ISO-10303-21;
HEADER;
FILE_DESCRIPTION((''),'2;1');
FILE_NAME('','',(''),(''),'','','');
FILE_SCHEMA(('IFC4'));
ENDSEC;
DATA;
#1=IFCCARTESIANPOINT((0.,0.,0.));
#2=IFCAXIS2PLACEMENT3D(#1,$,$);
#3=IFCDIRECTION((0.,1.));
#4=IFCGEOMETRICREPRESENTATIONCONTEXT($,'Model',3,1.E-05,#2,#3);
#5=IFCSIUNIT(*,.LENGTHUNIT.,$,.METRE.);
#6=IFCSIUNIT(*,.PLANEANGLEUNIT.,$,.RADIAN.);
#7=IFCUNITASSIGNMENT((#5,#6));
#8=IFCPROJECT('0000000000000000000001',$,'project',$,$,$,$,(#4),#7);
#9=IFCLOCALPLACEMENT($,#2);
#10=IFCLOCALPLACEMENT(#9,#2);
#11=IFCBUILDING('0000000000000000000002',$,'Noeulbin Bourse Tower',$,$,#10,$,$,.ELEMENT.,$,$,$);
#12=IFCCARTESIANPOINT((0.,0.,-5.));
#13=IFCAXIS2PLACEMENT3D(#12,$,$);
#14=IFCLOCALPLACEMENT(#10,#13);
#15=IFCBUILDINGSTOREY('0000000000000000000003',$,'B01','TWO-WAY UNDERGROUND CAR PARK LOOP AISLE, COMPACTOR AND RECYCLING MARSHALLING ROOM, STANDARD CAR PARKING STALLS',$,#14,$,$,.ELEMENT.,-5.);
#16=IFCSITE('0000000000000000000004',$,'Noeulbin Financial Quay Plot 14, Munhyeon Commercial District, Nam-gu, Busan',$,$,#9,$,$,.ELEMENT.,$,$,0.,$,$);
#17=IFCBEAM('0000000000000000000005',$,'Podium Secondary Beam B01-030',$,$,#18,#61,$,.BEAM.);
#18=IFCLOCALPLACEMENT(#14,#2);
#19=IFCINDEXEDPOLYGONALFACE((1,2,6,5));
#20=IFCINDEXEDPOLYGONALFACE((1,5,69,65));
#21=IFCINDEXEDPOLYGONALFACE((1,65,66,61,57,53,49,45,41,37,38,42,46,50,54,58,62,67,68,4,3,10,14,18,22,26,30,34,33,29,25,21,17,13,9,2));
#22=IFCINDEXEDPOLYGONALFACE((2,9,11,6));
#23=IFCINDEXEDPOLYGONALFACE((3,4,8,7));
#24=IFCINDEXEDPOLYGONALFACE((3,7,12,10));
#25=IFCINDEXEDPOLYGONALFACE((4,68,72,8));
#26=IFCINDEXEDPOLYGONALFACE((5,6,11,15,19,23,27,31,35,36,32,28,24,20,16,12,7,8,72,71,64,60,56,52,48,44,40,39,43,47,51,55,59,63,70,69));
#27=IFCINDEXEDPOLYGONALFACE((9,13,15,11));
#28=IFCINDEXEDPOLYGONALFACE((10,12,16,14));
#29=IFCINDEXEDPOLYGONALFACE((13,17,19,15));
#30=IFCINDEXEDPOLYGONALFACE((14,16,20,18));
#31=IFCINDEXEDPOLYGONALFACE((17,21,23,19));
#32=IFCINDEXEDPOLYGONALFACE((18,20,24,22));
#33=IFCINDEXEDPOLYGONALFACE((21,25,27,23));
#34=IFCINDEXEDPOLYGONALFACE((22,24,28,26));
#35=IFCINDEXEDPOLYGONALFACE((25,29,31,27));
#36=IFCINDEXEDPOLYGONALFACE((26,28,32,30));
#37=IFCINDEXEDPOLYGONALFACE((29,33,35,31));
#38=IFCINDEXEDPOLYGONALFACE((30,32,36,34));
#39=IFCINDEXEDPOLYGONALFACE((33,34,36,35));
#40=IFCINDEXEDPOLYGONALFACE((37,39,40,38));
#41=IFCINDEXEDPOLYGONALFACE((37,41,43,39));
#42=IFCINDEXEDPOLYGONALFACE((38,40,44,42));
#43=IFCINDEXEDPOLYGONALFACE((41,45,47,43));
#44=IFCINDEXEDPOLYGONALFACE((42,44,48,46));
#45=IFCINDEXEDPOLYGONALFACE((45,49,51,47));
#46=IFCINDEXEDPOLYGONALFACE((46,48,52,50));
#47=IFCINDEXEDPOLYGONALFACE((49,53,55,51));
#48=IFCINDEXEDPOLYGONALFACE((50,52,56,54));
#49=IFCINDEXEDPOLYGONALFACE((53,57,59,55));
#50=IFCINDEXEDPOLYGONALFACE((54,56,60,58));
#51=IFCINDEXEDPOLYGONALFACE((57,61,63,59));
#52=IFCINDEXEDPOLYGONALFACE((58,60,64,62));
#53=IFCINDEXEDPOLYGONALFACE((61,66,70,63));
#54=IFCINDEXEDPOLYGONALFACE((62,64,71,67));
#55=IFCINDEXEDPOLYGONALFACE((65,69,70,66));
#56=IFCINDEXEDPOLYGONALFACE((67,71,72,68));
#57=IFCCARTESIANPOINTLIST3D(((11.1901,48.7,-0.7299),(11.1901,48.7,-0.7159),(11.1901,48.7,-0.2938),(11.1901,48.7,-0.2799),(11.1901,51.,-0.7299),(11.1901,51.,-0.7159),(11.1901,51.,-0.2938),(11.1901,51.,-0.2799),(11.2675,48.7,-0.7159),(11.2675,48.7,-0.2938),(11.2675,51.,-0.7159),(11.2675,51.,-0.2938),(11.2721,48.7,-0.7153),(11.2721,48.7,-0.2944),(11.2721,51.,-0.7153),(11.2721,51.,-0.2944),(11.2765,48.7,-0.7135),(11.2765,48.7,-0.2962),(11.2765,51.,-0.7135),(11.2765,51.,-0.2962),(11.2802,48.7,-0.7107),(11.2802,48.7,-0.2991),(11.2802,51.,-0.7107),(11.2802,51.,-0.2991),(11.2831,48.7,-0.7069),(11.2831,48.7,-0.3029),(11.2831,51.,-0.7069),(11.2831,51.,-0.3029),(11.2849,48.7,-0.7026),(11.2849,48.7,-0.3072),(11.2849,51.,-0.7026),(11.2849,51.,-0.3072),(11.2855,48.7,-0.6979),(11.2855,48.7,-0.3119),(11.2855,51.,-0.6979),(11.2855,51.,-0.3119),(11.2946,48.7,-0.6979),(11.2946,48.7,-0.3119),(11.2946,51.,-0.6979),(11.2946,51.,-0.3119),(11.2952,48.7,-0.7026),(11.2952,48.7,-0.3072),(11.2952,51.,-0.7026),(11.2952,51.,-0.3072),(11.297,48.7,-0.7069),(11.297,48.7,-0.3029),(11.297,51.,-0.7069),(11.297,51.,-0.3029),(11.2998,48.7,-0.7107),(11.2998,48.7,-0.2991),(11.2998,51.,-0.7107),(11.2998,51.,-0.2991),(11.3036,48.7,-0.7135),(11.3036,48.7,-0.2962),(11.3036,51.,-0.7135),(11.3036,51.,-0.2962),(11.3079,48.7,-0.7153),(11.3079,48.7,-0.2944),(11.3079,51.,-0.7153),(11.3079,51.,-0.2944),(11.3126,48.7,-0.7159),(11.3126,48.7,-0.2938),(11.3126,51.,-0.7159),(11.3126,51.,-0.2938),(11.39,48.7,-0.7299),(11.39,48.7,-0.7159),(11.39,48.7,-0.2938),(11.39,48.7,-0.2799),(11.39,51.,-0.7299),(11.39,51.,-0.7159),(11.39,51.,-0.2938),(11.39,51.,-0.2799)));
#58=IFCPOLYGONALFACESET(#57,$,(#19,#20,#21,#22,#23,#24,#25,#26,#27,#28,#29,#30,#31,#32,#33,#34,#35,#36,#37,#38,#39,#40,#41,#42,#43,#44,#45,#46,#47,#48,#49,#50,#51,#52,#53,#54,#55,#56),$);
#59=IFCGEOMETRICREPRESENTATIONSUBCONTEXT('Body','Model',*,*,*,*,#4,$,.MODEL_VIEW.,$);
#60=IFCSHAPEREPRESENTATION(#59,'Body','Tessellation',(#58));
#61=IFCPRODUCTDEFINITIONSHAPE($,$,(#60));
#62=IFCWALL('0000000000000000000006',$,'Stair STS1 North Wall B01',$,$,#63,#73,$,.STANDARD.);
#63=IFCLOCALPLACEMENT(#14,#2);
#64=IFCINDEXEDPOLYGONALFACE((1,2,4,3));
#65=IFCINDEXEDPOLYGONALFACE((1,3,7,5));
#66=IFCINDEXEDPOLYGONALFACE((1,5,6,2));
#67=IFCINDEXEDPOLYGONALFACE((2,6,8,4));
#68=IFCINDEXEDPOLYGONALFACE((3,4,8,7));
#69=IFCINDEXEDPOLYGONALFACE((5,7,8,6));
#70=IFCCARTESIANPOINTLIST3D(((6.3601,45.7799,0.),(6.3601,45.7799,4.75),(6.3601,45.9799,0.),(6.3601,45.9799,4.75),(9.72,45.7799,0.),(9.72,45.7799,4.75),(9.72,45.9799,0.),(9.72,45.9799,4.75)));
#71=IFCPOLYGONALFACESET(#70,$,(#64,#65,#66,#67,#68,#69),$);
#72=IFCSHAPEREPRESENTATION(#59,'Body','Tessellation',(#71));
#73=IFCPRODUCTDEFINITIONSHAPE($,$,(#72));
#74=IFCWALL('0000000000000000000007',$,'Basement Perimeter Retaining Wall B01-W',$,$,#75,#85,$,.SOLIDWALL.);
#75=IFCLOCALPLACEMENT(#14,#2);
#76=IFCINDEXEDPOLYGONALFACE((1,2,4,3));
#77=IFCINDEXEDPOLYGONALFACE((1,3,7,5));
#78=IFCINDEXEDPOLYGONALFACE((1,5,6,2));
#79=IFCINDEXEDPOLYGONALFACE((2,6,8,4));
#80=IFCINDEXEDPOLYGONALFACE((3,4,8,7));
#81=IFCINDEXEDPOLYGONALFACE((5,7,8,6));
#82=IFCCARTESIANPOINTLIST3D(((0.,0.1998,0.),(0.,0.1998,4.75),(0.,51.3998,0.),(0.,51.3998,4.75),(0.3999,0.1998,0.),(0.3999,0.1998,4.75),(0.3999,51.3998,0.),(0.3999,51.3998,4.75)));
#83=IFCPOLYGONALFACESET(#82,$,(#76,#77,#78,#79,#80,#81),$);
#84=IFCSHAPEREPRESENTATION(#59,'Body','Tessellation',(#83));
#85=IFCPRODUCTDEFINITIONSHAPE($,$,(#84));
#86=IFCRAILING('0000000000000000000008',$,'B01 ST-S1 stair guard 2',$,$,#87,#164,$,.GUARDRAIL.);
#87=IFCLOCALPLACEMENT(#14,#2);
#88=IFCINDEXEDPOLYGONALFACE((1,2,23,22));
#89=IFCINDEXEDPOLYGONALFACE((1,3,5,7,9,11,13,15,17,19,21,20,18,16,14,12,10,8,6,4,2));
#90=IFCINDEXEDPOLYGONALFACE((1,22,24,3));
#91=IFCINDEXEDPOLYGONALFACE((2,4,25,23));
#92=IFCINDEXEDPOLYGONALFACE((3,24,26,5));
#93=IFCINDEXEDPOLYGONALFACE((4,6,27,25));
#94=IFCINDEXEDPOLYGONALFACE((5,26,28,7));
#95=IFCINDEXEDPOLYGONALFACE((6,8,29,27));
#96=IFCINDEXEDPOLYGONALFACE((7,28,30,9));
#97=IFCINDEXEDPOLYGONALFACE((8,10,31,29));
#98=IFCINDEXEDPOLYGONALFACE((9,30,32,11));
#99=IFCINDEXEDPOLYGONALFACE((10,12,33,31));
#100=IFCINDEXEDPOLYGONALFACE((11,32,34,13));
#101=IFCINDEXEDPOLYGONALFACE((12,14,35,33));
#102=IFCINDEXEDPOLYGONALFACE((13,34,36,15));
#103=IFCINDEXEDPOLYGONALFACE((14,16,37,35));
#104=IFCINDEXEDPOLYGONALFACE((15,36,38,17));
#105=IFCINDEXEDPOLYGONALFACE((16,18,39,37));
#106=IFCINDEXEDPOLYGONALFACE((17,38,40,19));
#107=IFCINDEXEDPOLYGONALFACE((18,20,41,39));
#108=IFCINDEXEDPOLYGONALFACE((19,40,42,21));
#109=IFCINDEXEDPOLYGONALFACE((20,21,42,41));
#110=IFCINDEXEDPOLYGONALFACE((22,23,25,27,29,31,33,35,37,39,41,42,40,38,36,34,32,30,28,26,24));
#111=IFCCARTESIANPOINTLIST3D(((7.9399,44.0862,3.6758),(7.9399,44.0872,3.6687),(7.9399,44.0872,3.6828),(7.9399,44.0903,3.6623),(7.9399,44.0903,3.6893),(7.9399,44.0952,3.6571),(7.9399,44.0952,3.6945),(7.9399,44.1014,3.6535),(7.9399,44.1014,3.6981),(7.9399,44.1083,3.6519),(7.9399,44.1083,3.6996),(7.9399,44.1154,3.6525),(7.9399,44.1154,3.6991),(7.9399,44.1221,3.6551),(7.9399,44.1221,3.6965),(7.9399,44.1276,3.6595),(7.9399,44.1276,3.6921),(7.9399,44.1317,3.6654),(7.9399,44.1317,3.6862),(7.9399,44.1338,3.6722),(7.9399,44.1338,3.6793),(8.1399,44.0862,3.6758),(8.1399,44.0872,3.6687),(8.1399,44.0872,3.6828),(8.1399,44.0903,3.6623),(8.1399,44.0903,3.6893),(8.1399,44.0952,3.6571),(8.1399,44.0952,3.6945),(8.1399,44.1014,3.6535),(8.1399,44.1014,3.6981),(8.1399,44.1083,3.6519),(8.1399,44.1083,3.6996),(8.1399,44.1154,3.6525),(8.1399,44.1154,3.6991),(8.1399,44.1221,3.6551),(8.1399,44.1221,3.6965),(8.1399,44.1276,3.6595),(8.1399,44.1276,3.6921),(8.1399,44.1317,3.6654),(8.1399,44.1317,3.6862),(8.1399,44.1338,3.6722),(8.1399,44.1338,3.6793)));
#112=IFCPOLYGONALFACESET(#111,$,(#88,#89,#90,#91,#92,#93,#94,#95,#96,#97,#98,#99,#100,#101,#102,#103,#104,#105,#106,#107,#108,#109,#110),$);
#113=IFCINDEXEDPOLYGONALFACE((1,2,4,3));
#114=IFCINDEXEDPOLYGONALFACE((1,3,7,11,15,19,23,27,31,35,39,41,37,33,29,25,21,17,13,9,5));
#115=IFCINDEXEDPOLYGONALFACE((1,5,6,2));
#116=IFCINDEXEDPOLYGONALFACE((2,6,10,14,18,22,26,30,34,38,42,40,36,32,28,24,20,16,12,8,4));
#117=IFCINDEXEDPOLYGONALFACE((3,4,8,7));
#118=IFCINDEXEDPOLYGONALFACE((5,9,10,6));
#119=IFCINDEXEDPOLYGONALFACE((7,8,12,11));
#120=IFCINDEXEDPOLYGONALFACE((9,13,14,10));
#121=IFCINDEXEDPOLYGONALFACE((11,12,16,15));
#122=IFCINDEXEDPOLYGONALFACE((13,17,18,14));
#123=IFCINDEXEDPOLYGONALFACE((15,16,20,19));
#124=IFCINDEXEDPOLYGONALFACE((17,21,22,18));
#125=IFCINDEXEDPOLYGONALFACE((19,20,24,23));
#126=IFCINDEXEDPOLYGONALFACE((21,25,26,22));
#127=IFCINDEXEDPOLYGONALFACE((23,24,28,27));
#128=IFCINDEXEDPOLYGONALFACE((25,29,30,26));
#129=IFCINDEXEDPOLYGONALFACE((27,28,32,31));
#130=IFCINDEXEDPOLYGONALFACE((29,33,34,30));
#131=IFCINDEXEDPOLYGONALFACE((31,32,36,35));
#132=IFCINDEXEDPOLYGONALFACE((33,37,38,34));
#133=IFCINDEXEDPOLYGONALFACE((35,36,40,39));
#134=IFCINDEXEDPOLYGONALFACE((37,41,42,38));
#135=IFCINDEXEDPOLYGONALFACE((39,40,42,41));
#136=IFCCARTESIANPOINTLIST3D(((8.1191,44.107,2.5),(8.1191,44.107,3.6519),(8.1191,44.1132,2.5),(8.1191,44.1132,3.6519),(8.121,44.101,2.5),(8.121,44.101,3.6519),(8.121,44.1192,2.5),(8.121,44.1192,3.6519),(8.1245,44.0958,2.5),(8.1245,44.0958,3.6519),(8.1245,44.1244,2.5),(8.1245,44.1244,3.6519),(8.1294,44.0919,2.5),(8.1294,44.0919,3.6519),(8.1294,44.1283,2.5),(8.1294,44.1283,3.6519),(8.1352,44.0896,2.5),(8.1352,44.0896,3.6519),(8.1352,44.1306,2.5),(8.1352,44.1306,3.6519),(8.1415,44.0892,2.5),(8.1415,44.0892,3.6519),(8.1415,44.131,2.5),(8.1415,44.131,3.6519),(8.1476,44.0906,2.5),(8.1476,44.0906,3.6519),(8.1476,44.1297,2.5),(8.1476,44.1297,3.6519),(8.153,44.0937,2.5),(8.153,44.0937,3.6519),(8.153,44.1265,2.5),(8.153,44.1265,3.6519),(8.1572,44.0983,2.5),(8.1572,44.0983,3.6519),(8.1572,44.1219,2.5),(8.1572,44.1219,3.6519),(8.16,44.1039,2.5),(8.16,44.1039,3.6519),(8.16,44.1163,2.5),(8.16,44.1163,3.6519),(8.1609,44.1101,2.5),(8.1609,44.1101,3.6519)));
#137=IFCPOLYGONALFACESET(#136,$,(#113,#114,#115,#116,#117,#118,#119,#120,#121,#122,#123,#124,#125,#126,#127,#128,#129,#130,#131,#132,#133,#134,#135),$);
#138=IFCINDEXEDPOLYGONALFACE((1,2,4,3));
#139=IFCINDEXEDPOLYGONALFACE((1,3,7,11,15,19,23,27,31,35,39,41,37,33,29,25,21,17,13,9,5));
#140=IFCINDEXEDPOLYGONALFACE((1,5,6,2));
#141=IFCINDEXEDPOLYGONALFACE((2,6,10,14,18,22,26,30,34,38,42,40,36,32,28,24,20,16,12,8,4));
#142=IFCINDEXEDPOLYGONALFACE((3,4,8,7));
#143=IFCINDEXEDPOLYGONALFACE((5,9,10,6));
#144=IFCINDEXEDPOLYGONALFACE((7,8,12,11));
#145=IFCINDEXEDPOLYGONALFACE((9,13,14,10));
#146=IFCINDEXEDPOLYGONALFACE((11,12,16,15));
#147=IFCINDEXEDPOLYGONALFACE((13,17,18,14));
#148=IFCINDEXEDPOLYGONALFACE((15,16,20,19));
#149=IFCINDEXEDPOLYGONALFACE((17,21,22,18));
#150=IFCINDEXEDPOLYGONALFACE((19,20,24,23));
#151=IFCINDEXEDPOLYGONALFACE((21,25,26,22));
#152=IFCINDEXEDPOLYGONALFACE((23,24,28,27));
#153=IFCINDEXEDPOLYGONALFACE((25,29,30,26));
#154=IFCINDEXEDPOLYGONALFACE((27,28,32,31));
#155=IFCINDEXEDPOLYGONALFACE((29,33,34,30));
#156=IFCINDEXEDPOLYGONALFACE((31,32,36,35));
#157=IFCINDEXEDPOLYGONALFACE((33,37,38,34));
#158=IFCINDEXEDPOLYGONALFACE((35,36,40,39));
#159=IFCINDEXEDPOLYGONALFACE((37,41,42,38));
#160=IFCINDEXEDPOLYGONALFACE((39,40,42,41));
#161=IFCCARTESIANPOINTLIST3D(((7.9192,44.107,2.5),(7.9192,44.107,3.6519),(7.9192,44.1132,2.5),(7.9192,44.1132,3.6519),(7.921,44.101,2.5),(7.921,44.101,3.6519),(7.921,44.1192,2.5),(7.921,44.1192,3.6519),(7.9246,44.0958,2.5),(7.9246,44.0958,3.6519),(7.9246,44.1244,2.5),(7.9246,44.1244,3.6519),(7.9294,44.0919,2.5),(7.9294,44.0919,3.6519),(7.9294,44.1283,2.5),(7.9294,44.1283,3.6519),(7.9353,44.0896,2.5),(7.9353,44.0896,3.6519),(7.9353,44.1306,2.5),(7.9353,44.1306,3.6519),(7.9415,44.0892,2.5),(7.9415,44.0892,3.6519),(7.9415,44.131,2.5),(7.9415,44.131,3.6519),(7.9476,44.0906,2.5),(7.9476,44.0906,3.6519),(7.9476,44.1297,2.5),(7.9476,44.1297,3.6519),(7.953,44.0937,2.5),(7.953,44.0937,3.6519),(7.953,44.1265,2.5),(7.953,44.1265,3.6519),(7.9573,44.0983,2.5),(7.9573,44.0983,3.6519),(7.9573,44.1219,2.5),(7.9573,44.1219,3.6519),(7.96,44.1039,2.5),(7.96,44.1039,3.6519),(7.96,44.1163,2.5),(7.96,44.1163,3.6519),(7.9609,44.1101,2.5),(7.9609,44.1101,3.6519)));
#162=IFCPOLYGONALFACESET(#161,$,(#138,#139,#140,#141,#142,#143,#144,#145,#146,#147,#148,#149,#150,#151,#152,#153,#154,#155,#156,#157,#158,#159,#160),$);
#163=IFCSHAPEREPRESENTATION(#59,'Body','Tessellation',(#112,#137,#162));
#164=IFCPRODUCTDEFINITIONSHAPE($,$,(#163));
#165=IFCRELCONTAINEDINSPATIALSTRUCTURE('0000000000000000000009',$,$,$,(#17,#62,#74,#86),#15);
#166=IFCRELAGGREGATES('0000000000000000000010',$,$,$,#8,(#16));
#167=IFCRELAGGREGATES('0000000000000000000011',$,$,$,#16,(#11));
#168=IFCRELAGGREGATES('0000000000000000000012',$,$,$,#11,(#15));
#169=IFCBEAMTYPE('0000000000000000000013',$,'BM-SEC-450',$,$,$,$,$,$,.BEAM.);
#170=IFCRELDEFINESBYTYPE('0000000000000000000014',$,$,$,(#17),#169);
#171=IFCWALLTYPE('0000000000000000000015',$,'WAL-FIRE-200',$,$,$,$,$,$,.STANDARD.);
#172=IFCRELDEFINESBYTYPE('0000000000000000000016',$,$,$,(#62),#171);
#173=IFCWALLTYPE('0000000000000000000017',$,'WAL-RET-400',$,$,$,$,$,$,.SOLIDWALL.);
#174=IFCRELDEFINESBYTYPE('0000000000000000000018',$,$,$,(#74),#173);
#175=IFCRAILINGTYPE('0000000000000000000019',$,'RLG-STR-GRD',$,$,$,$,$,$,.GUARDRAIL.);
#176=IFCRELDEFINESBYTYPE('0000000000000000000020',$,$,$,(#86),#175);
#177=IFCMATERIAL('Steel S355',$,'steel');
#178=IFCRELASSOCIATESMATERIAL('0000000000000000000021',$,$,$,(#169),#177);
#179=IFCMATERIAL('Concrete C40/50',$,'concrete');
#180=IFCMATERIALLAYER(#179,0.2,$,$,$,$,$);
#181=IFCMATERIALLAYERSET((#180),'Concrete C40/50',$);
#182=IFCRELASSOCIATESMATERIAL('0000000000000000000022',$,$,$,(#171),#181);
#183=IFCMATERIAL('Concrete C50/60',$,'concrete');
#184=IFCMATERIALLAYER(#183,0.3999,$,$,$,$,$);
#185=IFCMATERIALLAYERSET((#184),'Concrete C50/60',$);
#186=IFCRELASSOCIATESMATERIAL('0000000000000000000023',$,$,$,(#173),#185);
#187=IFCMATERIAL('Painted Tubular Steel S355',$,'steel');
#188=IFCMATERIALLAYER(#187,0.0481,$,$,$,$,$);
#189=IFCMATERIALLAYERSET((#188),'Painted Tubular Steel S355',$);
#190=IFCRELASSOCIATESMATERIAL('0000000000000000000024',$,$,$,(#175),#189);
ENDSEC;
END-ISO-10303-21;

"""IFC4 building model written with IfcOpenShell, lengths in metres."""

from ifc_helpers import new_model, si_unit, direction, frame, frame_2d, origin, origin_2d, place, context, subcontext, project, spatial, rectangle, circle, i_section, extrude, material, layer, layer_set, material_profile, profile_set, type_object, element, save


model = new_model("IFC4")

# Units and contexts
model_context = context("Model", 3, precision=1e-05, world=origin(), true_north=direction((0.0, 1.0)))
body_context = subcontext(model_context, "Body", "Model", "MODEL_VIEW")
ifc_project = project(units=[si_unit("LENGTHUNIT", "METRE"), si_unit("PLANEANGLEUNIT", "RADIAN")], contexts=[model_context])

# Site, building, storey
site_placement = place(None, origin())
site = spatial("IfcSite", under=ifc_project, at=site_placement, Name="Noeulbin Financial Quay Plot 14, Munhyeon Commercial District, Nam-gu, Busan", CompositionType="ELEMENT", RefElevation=0.0)
building_placement = place(site_placement, origin())
building = spatial("IfcBuilding", under=site, at=building_placement, Name="Noeulbin Bourse Tower", CompositionType="ELEMENT")
storey_placement = place(building_placement, frame((0.0, 0.0, -5.0)))
storey = spatial("IfcBuildingStorey", under=building, at=storey_placement, Name="B01", Description="TWO-WAY UNDERGROUND CAR PARK LOOP AISLE, COMPACTOR AND RECYCLING MARSHALLING ROOM, STANDARD CAR PARKING STALLS", CompositionType="ELEMENT", Elevation=-5.0)

# Shared definitions
ifc_material_1 = material(Name="Concrete C50/60", Category="concrete")

# Beam
ifc_material_2 = material(Name="Steel S355", Category="steel")
ifc_material_profile_1 = material_profile(ifc_material_2, i_section(OverallWidth=0.2, OverallDepth=0.45, WebThickness=0.009, FlangeThickness=0.0139, FilletRadius=0.0181, at=origin_2d()), Name="H-450x200x9x14", Category="LoadBearing")
ifc_profile_set_1 = profile_set([ifc_material_profile_1], Name="Steel S355")
beam_type_1 = type_object("IfcBeamType", Name="BM-SEC-450", PredefinedType="BEAM", material=ifc_profile_set_1)
beam_1_placement = place(storey_placement, frame((11.29, 48.7, -0.5049), z_axis=(0.0, 1.0, 0.0), x_axis=(-1.0, 0.0, 0.0)))
element("IfcBeam", 1, at=beam_1_placement, inside=storey, type_object=beam_type_1, Name="Podium Secondary Beam B01-030", PredefinedType="BEAM", context=body_context, shape_type="SweptSolid", body=[
    extrude(i_section(OverallWidth=0.2, OverallDepth=0.45, WebThickness=0.009, FlangeThickness=0.0139, FilletRadius=0.0181, at=origin_2d()), origin(), (0.0, 0.0, 1.0), 2.3),
])

# Walls
ifc_material_3 = material(Name="Concrete C40/50", Category="concrete")
ifc_layer_1 = layer(ifc_material_3, 0.2)
ifc_layer_set_1 = layer_set([ifc_layer_1], Name="Concrete C40/50")
wall_type_1 = type_object("IfcWallType", Name="WAL-FIRE-200", PredefinedType="STANDARD", material=ifc_layer_set_1)
wall_1_placement = place(storey_placement, frame((6.3601, 45.8799, 0.0), z_axis=(0.0, 0.0, 1.0), x_axis=(1.0, 0.0, 0.0)))
element("IfcWall", 2, at=wall_1_placement, inside=storey, type_object=wall_type_1, Name="Stair STS1 North Wall B01", PredefinedType="STANDARD", context=body_context, shape_type="SweptSolid", body=[
    extrude(rectangle(XDim=3.3599, YDim=0.2, at=frame_2d((1.6799, 0.0))), origin(), (0.0, 0.0, 1.0), 4.75),
])
ifc_layer_2 = layer(ifc_material_1, 0.3999)
ifc_layer_set_2 = layer_set([ifc_layer_2], Name="Concrete C50/60")
wall_type_2 = type_object("IfcWallType", Name="WAL-RET-400", PredefinedType="SOLIDWALL", material=ifc_layer_set_2)
wall_2_placement = place(storey_placement, frame((0.2, 51.3999, 0.0), z_axis=(0.0, 0.0, 1.0), x_axis=(0.0, -1.0, 0.0)))
element("IfcWall", 3, at=wall_2_placement, inside=storey, type_object=wall_type_2, Name="Basement Perimeter Retaining Wall B01-W", PredefinedType="SOLIDWALL", context=body_context, shape_type="SweptSolid", body=[
    extrude(rectangle(XDim=51.2, YDim=0.3999, at=frame_2d((25.6001, 0.0))), origin(), (0.0, 0.0, 1.0), 4.75),
])

# Railing
ifc_material_4 = material(Name="Painted Tubular Steel S355", Category="steel")
ifc_layer_3 = layer(ifc_material_4, 0.0481)
ifc_layer_set_3 = layer_set([ifc_layer_3], Name="Painted Tubular Steel S355")
railing_type = type_object("IfcRailingType", Name="RLG-STR-GRD", PredefinedType="GUARDRAIL", material=ifc_layer_set_3)
railing_1_placement = place(storey_placement, frame((8.1399, 44.1101, 2.5)))
element("IfcRailing", 4, at=railing_1_placement, inside=storey, type_object=railing_type, Name="B01 ST-S1 stair guard 2", PredefinedType="GUARDRAIL", context=body_context, shape_type="SweptSolid", body=[
    extrude(circle(Radius=0.0239, at=origin_2d()), frame((0.0, 0.0, 1.1758), z_axis=(-1.0, 0.0, 0.0), x_axis=(0.0, -1.0, 0.0)), (0.0, 0.0, 1.0), 0.2),
    extrude(circle(Radius=0.021, at=origin_2d()), origin(), (0.0, 0.0, 1.0), 1.1519),
    extrude(circle(Radius=0.021, at=origin_2d()), frame((-0.2, 0.0, 0.0)), (0.0, 0.0, 1.0), 1.1519),
])

save(model, "model.ifc")
